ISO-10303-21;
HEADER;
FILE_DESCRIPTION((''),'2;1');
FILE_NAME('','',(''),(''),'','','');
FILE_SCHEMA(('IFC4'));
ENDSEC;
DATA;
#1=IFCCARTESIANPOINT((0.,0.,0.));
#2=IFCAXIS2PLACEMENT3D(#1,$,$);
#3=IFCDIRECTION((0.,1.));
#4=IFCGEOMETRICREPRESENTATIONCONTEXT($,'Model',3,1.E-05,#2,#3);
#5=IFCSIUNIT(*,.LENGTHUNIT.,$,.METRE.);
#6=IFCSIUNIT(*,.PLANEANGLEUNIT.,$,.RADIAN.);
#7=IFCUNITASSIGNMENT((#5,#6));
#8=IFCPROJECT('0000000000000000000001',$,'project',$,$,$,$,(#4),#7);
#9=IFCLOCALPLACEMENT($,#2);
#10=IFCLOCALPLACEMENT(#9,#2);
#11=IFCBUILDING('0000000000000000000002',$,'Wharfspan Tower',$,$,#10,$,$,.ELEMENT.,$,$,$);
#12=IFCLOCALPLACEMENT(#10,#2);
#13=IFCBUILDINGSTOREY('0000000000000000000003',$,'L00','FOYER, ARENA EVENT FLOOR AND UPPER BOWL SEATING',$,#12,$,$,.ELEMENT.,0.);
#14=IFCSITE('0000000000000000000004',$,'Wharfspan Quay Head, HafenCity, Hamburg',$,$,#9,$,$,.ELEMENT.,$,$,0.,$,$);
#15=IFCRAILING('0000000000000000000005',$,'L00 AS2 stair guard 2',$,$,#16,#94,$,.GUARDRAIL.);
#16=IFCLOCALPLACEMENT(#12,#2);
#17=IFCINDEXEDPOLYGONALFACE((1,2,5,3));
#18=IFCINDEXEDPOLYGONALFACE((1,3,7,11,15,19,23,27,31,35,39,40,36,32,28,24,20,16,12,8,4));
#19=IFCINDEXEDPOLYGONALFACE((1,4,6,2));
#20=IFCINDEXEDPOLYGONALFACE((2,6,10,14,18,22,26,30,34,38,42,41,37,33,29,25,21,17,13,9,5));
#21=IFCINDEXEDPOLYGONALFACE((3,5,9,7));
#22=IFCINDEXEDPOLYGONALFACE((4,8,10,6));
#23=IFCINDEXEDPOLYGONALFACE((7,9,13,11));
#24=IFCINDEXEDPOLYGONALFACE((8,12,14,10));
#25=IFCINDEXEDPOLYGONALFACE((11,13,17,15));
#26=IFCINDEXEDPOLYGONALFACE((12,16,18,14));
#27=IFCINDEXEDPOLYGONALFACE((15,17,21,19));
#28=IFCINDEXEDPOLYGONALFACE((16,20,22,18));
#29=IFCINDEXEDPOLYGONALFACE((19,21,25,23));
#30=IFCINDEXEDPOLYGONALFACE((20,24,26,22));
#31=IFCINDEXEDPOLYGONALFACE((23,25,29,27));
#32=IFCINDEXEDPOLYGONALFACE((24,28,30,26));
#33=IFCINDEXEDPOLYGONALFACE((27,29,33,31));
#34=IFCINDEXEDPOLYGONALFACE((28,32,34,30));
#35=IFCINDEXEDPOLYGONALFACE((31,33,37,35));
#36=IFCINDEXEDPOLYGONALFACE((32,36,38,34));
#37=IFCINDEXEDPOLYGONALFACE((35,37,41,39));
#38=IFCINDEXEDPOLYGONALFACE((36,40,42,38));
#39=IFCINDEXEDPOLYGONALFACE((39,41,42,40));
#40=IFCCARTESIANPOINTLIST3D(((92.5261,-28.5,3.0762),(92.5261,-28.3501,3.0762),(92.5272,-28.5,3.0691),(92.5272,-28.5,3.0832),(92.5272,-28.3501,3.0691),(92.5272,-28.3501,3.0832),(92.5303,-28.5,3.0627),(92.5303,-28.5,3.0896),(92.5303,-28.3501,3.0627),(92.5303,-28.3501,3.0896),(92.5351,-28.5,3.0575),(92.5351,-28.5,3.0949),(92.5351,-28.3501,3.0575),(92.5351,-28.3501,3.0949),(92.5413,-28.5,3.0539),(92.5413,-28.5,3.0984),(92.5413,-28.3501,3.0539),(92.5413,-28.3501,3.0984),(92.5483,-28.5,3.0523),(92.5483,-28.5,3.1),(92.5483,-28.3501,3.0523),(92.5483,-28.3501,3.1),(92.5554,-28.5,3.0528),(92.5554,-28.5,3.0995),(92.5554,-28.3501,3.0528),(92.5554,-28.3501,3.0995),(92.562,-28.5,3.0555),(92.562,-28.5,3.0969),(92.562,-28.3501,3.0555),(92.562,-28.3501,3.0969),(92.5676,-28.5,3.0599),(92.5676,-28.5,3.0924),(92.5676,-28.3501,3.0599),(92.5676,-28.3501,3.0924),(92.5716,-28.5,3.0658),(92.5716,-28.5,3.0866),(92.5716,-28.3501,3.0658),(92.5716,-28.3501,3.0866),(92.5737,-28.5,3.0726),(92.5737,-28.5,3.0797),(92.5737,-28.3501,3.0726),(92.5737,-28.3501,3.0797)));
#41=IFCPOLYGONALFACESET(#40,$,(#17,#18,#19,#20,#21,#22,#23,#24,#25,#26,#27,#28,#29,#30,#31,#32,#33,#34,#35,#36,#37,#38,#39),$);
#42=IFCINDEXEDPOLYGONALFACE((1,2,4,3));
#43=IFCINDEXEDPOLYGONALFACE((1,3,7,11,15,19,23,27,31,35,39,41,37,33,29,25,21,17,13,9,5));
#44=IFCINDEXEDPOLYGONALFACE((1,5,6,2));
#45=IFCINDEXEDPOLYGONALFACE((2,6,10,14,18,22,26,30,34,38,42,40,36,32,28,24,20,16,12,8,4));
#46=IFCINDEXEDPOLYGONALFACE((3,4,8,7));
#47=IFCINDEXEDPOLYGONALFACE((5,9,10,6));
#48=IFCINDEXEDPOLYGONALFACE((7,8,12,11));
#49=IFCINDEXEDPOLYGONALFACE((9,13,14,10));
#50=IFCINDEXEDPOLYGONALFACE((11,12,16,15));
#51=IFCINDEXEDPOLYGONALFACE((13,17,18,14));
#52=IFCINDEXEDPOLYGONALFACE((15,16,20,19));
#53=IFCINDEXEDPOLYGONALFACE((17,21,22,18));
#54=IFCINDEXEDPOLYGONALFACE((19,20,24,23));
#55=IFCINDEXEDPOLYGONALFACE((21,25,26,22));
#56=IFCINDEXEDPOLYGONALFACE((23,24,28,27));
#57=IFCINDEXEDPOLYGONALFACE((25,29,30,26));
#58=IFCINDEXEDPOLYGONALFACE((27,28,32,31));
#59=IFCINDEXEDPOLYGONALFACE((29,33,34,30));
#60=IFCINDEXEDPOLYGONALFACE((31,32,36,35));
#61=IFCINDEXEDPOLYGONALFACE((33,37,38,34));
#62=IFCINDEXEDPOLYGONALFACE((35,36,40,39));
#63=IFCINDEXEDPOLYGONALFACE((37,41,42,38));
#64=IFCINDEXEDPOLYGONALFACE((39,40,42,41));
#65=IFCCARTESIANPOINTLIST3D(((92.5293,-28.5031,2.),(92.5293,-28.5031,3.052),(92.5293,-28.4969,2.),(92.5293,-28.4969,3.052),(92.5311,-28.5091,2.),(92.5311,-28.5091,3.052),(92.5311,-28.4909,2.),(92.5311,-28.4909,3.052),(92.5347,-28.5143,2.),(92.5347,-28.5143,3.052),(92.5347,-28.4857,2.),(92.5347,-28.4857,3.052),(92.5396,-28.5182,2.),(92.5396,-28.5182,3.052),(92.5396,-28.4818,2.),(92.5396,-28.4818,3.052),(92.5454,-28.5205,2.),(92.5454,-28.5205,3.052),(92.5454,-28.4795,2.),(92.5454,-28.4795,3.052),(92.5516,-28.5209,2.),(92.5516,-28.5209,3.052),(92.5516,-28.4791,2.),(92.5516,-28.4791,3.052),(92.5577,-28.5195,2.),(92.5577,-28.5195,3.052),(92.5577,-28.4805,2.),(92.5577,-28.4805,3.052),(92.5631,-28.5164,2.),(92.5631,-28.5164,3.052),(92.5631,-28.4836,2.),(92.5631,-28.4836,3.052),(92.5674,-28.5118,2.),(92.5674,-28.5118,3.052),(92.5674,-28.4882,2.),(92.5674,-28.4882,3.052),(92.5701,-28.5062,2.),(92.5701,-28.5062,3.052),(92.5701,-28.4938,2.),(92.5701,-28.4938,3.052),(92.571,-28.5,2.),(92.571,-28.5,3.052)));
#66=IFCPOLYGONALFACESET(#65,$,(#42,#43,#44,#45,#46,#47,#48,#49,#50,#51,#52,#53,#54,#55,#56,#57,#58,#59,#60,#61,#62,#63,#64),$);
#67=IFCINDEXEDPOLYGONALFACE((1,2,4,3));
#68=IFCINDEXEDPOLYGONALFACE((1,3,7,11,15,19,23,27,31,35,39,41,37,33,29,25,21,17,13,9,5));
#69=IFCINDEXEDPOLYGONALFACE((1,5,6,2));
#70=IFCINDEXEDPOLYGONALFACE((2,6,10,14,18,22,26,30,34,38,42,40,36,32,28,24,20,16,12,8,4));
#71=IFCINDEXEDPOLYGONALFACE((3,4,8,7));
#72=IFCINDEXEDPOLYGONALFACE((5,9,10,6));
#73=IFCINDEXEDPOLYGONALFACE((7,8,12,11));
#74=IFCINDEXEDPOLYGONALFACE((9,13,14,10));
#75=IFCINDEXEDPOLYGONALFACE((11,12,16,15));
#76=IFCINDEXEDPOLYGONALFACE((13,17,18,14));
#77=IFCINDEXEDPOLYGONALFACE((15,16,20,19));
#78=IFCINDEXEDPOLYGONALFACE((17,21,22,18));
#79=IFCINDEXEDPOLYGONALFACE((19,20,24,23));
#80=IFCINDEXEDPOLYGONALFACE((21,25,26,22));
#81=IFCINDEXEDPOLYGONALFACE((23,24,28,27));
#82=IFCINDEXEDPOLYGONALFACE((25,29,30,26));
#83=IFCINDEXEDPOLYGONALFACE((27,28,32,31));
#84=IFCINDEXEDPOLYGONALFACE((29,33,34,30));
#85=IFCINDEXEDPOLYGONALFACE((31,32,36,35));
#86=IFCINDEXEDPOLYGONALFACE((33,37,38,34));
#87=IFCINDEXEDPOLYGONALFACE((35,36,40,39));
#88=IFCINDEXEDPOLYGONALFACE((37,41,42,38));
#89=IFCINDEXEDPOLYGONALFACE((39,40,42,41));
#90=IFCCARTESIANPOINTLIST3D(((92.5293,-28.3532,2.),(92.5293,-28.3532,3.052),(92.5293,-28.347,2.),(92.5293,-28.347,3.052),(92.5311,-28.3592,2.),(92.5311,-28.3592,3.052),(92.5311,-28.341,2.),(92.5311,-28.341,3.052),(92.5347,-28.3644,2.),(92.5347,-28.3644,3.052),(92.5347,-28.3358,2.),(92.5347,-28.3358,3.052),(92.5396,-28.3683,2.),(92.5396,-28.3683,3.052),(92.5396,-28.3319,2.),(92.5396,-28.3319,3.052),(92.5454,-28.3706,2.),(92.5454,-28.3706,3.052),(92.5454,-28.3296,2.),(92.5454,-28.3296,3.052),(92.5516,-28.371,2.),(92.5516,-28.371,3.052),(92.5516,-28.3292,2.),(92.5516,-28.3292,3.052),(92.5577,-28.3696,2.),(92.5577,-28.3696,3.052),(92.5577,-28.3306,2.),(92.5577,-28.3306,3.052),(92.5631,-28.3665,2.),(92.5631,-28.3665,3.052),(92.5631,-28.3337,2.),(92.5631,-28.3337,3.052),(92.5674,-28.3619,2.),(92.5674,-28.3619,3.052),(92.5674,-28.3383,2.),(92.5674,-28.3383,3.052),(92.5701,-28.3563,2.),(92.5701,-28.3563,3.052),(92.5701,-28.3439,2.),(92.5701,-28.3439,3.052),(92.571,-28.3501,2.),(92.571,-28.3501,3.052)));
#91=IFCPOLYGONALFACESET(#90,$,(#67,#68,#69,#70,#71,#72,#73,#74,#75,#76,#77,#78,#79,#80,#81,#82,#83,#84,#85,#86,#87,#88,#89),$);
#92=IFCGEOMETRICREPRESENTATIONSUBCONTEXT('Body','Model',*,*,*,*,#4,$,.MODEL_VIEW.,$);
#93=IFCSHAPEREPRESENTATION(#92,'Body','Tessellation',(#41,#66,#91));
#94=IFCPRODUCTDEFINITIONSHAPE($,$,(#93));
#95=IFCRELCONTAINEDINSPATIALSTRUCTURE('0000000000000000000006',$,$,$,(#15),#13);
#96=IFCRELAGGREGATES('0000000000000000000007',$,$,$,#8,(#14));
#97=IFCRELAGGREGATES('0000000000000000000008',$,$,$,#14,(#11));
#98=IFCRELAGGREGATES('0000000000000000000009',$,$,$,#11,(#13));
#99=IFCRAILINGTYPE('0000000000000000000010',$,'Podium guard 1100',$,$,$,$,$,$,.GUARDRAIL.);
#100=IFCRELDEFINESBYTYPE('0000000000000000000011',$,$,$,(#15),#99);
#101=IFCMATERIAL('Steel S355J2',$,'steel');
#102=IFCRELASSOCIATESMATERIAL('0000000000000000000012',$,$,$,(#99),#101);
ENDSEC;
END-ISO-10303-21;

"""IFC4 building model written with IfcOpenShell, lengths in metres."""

from ifc_helpers import new_model, si_unit, direction, frame, origin, origin_2d, place, context, subcontext, project, spatial, circle, extrude, material, type_object, element, save


model = new_model("IFC4")

# Units and contexts
model_context = context("Model", 3, precision=1e-05, world=origin(), true_north=direction((0.0, 1.0)))
body_context = subcontext(model_context, "Body", "Model", "MODEL_VIEW")
ifc_project = project(units=[si_unit("LENGTHUNIT", "METRE"), si_unit("PLANEANGLEUNIT", "RADIAN")], contexts=[model_context])

# Site, building, storey
site_placement = place(None, origin())
site = spatial("IfcSite", under=ifc_project, at=site_placement, Name="Wharfspan Quay Head, HafenCity, Hamburg", CompositionType="ELEMENT", RefElevation=0.0)
building_placement = place(site_placement, origin())
building = spatial("IfcBuilding", under=site, at=building_placement, Name="Wharfspan Tower", CompositionType="ELEMENT")
storey_placement = place(building_placement, origin())
storey = spatial("IfcBuildingStorey", under=building, at=storey_placement, Name="L00", Description="FOYER, ARENA EVENT FLOOR AND UPPER BOWL SEATING", CompositionType="ELEMENT", Elevation=0.0)

# Shared definitions
ifc_material_1 = material(Name="Steel S355J2", Category="steel")

# Railing
railing_type_1 = type_object("IfcRailingType", Name="Podium guard 1100", PredefinedType="GUARDRAIL", material=ifc_material_1)
railing_1_placement = place(storey_placement, frame((92.55, -28.5, 2.0)))
element("IfcRailing", 1, at=railing_1_placement, inside=storey, type_object=railing_type_1, Name="L00 AS2 stair guard 2", PredefinedType="GUARDRAIL", context=body_context, shape_type="SweptSolid", body=[
    extrude(circle(Radius=0.0239, at=origin_2d()), frame((0.0, 0.0, 1.0762), z_axis=(0.0, 1.0, 0.0), x_axis=(-1.0, 0.0, 0.0)), (0.0, 0.0, 1.0), 0.1499),
    extrude(circle(Radius=0.021, at=origin_2d()), origin(), (0.0, 0.0, 1.0), 1.052),
    extrude(circle(Radius=0.021, at=origin_2d()), frame((0.0, 0.1499, 0.0)), (0.0, 0.0, 1.0), 1.052),
])

save(model, "model.ifc")
